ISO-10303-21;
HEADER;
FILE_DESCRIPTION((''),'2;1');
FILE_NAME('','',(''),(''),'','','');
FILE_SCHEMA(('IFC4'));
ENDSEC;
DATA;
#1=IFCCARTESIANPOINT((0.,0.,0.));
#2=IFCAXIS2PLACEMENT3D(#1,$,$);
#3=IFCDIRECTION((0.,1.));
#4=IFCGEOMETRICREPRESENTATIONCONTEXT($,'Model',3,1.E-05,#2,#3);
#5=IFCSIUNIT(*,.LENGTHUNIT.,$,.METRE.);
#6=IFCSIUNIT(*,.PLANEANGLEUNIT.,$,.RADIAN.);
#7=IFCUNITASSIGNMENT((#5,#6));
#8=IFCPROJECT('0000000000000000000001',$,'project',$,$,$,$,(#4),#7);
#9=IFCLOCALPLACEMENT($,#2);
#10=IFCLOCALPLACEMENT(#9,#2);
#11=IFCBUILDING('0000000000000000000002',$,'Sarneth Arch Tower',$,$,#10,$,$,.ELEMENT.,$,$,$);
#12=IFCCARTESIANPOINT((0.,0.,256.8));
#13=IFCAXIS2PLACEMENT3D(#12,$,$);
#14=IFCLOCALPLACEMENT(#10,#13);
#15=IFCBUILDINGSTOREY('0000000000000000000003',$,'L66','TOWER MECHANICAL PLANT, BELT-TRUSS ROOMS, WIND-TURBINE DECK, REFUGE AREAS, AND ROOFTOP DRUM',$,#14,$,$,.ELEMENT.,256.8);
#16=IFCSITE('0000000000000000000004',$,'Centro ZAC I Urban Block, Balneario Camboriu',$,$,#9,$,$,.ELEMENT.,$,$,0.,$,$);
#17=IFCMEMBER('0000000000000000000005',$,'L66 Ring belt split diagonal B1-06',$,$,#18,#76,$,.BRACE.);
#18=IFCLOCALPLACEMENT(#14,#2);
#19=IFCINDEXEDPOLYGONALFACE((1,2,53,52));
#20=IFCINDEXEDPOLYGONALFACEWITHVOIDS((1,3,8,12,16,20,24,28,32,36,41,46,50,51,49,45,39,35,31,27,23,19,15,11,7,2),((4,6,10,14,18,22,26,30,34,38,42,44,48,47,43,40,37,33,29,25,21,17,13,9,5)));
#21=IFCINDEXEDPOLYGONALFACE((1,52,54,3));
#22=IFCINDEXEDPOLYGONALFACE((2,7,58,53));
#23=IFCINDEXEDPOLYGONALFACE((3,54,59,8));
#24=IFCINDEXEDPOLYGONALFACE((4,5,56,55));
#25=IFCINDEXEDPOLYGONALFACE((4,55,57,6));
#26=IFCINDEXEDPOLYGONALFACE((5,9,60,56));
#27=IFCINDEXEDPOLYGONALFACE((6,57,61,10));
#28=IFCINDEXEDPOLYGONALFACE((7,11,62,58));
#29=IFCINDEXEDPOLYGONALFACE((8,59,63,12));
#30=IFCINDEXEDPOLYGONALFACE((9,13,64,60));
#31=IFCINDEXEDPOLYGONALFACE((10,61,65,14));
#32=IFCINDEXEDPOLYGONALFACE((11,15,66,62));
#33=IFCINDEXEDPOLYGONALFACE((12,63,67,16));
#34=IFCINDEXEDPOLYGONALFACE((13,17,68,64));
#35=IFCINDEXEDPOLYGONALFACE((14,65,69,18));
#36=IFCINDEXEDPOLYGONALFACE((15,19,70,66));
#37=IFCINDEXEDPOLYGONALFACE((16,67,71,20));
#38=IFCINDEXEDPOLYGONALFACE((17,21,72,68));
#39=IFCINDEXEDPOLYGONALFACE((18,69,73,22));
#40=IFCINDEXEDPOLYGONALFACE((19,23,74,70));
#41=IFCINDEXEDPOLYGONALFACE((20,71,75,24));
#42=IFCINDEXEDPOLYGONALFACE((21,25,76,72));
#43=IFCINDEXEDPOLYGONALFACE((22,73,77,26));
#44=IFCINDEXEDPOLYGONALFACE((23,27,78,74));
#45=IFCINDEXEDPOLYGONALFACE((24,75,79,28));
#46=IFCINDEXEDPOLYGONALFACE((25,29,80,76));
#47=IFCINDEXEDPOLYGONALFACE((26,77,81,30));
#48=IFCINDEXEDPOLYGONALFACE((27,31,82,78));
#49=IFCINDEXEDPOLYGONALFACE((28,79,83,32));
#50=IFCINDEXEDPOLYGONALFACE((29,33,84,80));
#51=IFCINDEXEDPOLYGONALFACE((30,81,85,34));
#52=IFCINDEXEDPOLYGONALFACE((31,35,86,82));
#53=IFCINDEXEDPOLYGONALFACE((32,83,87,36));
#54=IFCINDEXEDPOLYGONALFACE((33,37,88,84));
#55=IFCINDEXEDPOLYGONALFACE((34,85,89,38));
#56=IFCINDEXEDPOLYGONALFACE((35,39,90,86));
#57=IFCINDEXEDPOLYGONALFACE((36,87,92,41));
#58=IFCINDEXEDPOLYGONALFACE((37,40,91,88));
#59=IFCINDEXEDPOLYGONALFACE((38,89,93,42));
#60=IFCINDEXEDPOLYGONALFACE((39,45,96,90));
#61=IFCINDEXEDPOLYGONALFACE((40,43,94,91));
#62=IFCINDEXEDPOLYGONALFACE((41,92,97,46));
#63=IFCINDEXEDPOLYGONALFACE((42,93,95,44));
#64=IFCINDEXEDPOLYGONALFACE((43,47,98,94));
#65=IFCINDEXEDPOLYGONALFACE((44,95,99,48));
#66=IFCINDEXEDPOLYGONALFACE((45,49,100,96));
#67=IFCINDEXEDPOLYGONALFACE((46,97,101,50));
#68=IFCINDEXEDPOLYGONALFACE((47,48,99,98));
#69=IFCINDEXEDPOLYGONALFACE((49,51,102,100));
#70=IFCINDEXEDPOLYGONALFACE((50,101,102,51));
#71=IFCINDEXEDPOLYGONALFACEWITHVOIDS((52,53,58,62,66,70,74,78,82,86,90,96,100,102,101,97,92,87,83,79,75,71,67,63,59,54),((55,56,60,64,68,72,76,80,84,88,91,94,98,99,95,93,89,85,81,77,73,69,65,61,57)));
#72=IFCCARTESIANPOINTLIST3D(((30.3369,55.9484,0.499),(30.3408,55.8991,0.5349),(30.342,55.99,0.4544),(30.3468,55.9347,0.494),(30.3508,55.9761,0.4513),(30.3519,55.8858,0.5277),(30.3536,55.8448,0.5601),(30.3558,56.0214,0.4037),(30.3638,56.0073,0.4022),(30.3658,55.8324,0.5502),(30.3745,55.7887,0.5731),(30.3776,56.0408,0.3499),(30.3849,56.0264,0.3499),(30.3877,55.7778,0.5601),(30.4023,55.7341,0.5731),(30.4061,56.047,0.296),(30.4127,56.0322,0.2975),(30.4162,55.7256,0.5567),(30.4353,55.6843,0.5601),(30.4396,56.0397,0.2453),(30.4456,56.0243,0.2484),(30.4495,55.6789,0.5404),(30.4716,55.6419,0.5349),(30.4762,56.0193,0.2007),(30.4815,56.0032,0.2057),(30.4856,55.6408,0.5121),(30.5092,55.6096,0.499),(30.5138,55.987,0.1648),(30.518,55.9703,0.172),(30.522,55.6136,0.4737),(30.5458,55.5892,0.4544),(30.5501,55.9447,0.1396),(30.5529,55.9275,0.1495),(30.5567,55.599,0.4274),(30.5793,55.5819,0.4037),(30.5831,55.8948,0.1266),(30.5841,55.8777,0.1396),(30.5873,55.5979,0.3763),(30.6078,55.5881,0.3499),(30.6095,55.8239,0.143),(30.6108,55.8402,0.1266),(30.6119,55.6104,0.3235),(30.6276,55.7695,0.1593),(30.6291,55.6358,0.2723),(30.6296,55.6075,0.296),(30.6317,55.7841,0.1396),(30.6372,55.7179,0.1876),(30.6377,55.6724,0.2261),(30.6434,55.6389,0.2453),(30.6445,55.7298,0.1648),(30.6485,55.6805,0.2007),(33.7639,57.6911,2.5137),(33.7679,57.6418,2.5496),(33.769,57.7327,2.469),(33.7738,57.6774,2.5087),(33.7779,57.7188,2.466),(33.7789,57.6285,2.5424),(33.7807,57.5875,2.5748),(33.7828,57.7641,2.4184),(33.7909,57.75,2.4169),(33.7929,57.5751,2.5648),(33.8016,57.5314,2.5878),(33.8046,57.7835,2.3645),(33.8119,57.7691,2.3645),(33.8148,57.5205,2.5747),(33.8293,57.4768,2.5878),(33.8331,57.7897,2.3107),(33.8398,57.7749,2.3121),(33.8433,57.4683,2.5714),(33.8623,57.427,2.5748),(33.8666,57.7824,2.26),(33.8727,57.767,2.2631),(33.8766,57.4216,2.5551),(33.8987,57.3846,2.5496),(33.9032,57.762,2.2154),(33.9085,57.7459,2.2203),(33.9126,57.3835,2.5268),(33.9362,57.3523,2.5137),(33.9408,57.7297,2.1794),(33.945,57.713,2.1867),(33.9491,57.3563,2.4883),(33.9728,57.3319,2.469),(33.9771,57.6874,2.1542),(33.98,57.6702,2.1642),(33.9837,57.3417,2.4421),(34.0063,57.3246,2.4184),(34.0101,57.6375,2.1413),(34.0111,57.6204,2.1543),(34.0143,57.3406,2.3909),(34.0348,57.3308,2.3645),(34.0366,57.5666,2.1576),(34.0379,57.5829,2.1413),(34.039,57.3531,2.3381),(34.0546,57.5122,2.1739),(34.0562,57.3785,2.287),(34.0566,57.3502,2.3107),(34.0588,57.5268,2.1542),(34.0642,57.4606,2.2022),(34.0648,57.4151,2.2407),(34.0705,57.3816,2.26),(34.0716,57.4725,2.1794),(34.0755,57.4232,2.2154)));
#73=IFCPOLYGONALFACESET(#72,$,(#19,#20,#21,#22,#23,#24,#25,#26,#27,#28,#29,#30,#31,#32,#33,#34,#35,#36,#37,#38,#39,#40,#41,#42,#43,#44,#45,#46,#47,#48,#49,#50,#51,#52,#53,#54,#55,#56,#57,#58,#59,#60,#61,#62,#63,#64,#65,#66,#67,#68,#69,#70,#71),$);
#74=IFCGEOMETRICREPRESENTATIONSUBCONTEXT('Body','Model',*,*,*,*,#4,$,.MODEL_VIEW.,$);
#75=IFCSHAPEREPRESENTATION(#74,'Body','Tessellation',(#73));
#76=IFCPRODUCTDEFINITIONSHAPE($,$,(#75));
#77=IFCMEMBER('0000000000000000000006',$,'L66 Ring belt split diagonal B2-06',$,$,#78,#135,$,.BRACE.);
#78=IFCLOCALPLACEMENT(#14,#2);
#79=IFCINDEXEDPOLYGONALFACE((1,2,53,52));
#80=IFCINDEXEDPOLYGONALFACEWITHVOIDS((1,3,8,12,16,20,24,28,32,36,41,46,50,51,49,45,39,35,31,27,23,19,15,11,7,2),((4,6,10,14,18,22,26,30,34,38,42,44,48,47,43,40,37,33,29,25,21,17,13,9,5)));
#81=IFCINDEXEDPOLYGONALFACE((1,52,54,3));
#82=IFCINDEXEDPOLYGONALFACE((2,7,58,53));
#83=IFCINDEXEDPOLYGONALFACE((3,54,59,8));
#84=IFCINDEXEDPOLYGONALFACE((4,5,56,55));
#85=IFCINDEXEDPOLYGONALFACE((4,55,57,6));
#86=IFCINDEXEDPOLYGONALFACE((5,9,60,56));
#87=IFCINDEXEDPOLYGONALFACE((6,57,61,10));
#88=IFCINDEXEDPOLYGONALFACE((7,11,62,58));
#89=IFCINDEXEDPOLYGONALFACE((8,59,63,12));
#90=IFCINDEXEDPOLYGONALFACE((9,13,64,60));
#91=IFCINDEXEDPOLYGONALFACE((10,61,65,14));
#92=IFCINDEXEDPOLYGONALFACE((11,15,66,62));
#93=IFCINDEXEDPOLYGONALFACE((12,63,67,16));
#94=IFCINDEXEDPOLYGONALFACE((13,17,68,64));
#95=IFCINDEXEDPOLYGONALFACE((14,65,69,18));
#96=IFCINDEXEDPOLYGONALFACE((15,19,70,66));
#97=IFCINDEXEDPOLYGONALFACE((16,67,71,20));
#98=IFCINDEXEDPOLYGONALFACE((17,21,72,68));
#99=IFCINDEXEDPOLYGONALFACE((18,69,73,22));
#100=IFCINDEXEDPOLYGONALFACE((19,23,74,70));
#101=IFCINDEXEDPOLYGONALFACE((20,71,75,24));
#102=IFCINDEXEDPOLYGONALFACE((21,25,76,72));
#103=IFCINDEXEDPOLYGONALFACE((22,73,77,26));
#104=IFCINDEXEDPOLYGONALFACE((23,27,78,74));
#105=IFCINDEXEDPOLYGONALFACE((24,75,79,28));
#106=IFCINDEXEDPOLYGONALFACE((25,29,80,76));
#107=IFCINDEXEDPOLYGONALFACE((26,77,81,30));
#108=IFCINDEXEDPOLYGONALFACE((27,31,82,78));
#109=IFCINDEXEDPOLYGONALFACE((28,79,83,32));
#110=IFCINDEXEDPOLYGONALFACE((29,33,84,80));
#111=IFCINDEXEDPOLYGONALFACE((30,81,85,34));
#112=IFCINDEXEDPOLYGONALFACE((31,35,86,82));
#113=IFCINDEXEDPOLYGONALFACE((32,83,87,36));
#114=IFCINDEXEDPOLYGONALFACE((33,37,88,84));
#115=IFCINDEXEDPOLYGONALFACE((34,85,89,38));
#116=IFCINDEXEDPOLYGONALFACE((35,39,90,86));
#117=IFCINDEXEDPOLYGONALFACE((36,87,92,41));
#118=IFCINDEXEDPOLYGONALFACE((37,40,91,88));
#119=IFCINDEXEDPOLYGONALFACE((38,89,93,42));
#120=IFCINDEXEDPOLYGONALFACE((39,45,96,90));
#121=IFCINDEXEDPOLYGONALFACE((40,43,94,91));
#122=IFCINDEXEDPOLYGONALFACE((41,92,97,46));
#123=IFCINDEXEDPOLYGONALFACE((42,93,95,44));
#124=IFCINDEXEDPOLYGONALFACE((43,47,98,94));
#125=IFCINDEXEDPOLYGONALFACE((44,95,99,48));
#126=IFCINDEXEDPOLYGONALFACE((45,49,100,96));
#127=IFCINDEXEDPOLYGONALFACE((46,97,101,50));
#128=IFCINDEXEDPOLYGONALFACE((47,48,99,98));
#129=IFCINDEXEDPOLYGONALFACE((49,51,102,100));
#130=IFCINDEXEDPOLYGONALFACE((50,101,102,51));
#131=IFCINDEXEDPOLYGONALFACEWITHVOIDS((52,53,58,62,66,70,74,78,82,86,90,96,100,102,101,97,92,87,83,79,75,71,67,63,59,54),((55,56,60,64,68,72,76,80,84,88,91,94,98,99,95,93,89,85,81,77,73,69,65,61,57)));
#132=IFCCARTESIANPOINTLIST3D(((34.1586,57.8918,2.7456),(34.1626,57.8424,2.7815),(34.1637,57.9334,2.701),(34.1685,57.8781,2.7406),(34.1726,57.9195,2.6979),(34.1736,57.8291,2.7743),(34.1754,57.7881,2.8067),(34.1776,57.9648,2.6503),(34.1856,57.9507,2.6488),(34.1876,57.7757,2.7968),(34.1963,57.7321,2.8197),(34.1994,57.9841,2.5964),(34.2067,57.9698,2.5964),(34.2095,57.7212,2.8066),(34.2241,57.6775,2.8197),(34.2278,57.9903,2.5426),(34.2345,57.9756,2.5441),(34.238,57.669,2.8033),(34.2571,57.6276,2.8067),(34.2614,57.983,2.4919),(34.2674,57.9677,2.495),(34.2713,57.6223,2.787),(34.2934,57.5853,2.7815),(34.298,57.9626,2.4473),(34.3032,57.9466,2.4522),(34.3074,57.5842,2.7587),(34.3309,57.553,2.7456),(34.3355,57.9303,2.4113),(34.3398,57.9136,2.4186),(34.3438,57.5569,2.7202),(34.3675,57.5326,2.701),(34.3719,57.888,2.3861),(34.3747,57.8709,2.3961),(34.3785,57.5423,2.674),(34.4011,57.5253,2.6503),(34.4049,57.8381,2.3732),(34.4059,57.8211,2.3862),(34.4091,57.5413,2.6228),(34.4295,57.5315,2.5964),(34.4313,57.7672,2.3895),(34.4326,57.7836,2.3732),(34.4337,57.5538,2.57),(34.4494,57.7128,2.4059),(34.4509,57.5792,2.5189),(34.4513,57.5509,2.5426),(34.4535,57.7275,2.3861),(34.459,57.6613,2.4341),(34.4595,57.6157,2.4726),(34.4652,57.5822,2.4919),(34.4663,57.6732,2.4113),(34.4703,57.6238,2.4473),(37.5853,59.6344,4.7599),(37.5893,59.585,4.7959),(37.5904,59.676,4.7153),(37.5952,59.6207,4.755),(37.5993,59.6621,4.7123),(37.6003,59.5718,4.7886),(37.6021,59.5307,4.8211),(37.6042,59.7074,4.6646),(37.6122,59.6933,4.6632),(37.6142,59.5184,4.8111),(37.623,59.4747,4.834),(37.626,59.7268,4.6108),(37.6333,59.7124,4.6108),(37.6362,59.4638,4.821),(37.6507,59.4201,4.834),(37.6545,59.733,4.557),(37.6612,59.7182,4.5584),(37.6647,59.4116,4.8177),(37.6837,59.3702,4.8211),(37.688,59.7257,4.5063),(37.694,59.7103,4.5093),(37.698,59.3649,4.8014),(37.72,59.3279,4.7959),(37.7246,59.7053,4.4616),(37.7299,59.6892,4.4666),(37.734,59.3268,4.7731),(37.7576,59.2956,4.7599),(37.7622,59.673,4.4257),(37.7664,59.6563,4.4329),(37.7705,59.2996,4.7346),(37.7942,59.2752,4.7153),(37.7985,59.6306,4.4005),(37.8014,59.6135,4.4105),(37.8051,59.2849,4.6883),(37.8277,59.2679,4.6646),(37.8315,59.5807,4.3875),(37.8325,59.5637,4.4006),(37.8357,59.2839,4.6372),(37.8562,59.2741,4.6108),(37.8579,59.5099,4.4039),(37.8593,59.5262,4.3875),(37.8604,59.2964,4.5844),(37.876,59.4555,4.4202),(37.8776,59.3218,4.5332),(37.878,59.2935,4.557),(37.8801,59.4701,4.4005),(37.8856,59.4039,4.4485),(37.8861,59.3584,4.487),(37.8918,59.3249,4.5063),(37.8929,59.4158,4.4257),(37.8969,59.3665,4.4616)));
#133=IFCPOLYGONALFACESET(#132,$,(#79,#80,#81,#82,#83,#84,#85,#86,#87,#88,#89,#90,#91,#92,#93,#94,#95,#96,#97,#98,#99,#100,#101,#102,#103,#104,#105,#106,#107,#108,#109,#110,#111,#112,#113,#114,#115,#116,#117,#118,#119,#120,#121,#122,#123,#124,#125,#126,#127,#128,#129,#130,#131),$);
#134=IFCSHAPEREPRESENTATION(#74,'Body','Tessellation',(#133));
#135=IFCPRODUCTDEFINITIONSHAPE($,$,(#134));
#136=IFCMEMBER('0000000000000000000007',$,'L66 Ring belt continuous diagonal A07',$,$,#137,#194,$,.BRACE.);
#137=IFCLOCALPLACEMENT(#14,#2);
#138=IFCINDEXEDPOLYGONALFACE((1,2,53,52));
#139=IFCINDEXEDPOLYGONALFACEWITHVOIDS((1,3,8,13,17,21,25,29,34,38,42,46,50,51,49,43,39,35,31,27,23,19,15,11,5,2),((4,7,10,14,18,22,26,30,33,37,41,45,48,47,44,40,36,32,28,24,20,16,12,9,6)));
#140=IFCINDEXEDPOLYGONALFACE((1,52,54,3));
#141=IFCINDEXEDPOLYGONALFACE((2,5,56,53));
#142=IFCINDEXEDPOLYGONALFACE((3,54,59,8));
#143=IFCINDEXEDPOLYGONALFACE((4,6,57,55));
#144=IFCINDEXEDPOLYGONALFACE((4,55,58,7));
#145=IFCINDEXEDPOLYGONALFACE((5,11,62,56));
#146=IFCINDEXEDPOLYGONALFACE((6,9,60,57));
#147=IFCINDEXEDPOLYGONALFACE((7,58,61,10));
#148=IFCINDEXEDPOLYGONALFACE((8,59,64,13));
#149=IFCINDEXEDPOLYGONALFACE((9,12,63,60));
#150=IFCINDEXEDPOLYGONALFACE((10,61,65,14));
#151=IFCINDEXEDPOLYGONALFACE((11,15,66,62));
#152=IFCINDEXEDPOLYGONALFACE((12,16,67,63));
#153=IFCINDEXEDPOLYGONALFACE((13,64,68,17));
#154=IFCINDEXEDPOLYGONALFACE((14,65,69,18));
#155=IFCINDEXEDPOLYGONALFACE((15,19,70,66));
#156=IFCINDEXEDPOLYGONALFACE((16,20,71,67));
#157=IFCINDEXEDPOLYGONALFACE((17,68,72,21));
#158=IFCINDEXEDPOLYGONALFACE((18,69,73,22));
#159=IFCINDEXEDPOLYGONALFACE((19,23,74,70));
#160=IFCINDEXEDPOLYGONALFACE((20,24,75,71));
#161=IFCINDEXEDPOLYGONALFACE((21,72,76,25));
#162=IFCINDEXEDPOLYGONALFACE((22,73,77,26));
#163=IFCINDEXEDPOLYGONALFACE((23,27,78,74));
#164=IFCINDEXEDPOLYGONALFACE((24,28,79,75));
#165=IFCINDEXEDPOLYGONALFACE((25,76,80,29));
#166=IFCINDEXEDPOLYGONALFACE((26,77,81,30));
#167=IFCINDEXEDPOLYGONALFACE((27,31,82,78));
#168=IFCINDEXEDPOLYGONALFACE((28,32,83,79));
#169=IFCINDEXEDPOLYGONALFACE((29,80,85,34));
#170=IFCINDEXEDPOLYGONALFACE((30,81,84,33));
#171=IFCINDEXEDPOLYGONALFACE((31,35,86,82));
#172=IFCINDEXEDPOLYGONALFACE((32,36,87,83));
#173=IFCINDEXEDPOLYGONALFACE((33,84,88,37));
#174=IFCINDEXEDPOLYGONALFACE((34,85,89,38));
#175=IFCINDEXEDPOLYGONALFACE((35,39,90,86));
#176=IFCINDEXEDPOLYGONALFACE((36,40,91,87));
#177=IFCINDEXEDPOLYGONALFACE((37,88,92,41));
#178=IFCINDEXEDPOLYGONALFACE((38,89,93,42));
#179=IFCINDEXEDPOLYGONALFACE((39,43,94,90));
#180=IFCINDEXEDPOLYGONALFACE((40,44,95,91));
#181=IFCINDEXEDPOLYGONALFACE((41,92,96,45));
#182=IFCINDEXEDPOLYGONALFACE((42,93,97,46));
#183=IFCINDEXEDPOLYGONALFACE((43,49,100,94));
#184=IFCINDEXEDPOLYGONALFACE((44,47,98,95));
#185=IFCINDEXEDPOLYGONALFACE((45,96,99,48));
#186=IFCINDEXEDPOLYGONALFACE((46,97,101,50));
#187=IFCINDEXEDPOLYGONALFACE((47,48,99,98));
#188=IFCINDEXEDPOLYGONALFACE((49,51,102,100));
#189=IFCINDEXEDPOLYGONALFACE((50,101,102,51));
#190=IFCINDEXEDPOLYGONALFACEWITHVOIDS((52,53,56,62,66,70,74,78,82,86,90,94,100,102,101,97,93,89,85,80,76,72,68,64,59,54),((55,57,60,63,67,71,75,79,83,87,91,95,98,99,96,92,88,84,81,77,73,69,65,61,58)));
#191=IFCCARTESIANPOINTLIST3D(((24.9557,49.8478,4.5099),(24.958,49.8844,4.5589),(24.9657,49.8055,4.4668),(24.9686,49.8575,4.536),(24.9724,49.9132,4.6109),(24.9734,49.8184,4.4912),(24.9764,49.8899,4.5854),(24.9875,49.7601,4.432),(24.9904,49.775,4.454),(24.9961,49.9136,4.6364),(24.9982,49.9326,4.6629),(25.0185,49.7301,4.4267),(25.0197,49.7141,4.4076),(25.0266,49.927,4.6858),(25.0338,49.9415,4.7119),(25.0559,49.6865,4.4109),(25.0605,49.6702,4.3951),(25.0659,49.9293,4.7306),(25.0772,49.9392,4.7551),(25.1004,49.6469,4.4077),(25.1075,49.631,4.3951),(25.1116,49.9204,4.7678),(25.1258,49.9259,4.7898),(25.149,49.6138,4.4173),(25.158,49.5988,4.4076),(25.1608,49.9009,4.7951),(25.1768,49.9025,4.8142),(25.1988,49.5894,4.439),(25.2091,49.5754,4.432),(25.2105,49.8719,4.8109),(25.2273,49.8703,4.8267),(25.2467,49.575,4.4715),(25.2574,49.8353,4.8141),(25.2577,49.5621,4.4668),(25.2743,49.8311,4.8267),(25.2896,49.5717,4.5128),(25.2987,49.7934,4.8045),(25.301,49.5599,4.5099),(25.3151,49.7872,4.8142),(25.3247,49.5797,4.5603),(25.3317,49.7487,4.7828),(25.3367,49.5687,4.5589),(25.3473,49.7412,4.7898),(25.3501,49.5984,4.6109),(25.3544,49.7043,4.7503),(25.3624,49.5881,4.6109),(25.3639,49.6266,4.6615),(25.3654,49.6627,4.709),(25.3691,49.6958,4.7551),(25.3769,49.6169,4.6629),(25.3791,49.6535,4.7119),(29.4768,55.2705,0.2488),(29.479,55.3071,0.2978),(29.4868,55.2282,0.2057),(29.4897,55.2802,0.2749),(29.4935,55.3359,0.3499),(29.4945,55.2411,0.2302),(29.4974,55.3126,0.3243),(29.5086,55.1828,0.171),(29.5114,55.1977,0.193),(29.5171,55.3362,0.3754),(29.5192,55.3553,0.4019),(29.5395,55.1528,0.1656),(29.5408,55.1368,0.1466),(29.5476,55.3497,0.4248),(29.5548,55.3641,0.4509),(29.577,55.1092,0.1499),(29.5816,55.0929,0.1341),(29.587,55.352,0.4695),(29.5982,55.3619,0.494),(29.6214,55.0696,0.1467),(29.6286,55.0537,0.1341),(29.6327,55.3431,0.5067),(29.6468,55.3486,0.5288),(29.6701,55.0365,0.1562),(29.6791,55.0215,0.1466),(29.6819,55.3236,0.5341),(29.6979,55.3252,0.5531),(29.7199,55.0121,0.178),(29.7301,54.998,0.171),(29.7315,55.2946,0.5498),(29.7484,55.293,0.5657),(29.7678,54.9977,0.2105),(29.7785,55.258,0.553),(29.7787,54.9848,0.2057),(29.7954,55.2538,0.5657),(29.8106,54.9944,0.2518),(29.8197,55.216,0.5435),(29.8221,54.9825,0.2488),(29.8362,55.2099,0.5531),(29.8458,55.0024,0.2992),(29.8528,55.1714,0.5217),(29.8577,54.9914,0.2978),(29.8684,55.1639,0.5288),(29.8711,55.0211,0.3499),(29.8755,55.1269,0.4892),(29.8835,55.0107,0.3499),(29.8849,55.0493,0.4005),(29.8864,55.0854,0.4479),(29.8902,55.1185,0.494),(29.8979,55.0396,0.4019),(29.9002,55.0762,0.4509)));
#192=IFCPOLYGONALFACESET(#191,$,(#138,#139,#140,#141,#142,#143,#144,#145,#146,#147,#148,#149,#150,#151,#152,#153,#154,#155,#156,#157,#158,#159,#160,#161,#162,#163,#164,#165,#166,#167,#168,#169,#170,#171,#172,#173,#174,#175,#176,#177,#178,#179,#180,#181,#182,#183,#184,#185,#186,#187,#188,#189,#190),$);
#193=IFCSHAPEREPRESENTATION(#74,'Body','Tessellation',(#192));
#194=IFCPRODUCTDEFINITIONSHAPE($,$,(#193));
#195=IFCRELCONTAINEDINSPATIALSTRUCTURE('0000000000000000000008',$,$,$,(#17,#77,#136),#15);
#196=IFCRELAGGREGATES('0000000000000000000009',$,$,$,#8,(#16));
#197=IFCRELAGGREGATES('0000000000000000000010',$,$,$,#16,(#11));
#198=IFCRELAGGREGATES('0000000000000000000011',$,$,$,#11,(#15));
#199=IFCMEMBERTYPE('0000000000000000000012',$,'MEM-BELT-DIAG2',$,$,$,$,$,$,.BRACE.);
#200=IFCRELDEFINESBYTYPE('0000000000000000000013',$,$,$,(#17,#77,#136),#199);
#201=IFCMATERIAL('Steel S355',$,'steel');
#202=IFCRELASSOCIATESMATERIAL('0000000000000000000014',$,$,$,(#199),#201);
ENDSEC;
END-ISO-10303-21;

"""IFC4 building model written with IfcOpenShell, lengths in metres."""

from ifc_helpers import new_model, si_unit, direction, frame, origin, origin_2d, place, context, subcontext, project, spatial, hollow_circle, extrude, material, material_profile, profile_set, type_object, element, save


model = new_model("IFC4")

# Units and contexts
model_context = context("Model", 3, precision=1e-05, world=origin(), true_north=direction((0.0, 1.0)))
body_context = subcontext(model_context, "Body", "Model", "MODEL_VIEW")
ifc_project = project(units=[si_unit("LENGTHUNIT", "METRE"), si_unit("PLANEANGLEUNIT", "RADIAN")], contexts=[model_context])

# Site, building, storey
site_placement = place(None, origin())
site = spatial("IfcSite", under=ifc_project, at=site_placement, Name="Centro ZAC I Urban Block, Balneario Camboriu", CompositionType="ELEMENT", RefElevation=0.0)
building_placement = place(site_placement, origin())
building = spatial("IfcBuilding", under=site, at=building_placement, Name="Sarneth Arch Tower", CompositionType="ELEMENT")
storey_placement = place(building_placement, frame((0.0, 0.0, 256.8)))
storey = spatial("IfcBuildingStorey", under=building, at=storey_placement, Name="L66", Description="TOWER MECHANICAL PLANT, BELT-TRUSS ROOMS, WIND-TURBINE DECK, REFUGE AREAS, AND ROOFTOP DRUM", CompositionType="ELEMENT", Elevation=256.8)

# Members
ifc_material_1 = material(Name="Steel S355", Category="steel")
ifc_material_profile_1 = material_profile(ifc_material_1, hollow_circle(Radius=0.2539, WallThickness=0.0161, at=origin_2d()), Name="CHS508x16")
ifc_profile_set_1 = profile_set([ifc_material_profile_1], Name="Steel S355")
member_type_1 = type_object("IfcMemberType", Name="MEM-BELT-DIAG2", PredefinedType="BRACE", material=ifc_profile_set_1)
member_1_placement = place(storey_placement, frame((30.4927, 55.8145, 0.3499), z_axis=(0.789538, 0.401491, 0.46415), x_axis=(-0.453274, 0.891371, 0.0)))
element("IfcMember", 1, at=member_1_placement, inside=storey, type_object=member_type_1, Name="L66 Ring belt split diagonal B1-06", PredefinedType="BRACE", context=body_context, shape_type="SweptSolid", body=[
    extrude(hollow_circle(Radius=0.2539, WallThickness=0.0161, at=origin_2d()), origin(), (0.0, 0.0, 1.0), 4.3406),
])
member_2_placement = place(storey_placement, frame((34.3145, 57.7578, 2.5964), z_axis=(0.789538, 0.401519, 0.464126), x_axis=(-0.4533, 0.891358, 0.0)))
element("IfcMember", 2, at=member_2_placement, inside=storey, type_object=member_type_1, Name="L66 Ring belt split diagonal B2-06", PredefinedType="BRACE", context=body_context, shape_type="SweptSolid", body=[
    extrude(hollow_circle(Radius=0.2539, WallThickness=0.0161, at=origin_2d()), origin(), (0.0, 0.0, 1.0), 4.3401),
])
member_3_placement = place(storey_placement, frame((29.6885, 55.1733, 0.3499), z_axis=(-0.548251, -0.657587, 0.51672), x_axis=(0.768071, -0.640365, 0.0)))
element("IfcMember", 3, at=member_3_placement, inside=storey, type_object=member_type_1, Name="L66 Ring belt continuous diagonal A07", PredefinedType="BRACE", context=body_context, shape_type="SweptSolid", body=[
    extrude(hollow_circle(Radius=0.2539, WallThickness=0.0161, at=origin_2d()), origin(), (0.0, 0.0, 1.0), 8.2463),
])

save(model, "model.ifc")
